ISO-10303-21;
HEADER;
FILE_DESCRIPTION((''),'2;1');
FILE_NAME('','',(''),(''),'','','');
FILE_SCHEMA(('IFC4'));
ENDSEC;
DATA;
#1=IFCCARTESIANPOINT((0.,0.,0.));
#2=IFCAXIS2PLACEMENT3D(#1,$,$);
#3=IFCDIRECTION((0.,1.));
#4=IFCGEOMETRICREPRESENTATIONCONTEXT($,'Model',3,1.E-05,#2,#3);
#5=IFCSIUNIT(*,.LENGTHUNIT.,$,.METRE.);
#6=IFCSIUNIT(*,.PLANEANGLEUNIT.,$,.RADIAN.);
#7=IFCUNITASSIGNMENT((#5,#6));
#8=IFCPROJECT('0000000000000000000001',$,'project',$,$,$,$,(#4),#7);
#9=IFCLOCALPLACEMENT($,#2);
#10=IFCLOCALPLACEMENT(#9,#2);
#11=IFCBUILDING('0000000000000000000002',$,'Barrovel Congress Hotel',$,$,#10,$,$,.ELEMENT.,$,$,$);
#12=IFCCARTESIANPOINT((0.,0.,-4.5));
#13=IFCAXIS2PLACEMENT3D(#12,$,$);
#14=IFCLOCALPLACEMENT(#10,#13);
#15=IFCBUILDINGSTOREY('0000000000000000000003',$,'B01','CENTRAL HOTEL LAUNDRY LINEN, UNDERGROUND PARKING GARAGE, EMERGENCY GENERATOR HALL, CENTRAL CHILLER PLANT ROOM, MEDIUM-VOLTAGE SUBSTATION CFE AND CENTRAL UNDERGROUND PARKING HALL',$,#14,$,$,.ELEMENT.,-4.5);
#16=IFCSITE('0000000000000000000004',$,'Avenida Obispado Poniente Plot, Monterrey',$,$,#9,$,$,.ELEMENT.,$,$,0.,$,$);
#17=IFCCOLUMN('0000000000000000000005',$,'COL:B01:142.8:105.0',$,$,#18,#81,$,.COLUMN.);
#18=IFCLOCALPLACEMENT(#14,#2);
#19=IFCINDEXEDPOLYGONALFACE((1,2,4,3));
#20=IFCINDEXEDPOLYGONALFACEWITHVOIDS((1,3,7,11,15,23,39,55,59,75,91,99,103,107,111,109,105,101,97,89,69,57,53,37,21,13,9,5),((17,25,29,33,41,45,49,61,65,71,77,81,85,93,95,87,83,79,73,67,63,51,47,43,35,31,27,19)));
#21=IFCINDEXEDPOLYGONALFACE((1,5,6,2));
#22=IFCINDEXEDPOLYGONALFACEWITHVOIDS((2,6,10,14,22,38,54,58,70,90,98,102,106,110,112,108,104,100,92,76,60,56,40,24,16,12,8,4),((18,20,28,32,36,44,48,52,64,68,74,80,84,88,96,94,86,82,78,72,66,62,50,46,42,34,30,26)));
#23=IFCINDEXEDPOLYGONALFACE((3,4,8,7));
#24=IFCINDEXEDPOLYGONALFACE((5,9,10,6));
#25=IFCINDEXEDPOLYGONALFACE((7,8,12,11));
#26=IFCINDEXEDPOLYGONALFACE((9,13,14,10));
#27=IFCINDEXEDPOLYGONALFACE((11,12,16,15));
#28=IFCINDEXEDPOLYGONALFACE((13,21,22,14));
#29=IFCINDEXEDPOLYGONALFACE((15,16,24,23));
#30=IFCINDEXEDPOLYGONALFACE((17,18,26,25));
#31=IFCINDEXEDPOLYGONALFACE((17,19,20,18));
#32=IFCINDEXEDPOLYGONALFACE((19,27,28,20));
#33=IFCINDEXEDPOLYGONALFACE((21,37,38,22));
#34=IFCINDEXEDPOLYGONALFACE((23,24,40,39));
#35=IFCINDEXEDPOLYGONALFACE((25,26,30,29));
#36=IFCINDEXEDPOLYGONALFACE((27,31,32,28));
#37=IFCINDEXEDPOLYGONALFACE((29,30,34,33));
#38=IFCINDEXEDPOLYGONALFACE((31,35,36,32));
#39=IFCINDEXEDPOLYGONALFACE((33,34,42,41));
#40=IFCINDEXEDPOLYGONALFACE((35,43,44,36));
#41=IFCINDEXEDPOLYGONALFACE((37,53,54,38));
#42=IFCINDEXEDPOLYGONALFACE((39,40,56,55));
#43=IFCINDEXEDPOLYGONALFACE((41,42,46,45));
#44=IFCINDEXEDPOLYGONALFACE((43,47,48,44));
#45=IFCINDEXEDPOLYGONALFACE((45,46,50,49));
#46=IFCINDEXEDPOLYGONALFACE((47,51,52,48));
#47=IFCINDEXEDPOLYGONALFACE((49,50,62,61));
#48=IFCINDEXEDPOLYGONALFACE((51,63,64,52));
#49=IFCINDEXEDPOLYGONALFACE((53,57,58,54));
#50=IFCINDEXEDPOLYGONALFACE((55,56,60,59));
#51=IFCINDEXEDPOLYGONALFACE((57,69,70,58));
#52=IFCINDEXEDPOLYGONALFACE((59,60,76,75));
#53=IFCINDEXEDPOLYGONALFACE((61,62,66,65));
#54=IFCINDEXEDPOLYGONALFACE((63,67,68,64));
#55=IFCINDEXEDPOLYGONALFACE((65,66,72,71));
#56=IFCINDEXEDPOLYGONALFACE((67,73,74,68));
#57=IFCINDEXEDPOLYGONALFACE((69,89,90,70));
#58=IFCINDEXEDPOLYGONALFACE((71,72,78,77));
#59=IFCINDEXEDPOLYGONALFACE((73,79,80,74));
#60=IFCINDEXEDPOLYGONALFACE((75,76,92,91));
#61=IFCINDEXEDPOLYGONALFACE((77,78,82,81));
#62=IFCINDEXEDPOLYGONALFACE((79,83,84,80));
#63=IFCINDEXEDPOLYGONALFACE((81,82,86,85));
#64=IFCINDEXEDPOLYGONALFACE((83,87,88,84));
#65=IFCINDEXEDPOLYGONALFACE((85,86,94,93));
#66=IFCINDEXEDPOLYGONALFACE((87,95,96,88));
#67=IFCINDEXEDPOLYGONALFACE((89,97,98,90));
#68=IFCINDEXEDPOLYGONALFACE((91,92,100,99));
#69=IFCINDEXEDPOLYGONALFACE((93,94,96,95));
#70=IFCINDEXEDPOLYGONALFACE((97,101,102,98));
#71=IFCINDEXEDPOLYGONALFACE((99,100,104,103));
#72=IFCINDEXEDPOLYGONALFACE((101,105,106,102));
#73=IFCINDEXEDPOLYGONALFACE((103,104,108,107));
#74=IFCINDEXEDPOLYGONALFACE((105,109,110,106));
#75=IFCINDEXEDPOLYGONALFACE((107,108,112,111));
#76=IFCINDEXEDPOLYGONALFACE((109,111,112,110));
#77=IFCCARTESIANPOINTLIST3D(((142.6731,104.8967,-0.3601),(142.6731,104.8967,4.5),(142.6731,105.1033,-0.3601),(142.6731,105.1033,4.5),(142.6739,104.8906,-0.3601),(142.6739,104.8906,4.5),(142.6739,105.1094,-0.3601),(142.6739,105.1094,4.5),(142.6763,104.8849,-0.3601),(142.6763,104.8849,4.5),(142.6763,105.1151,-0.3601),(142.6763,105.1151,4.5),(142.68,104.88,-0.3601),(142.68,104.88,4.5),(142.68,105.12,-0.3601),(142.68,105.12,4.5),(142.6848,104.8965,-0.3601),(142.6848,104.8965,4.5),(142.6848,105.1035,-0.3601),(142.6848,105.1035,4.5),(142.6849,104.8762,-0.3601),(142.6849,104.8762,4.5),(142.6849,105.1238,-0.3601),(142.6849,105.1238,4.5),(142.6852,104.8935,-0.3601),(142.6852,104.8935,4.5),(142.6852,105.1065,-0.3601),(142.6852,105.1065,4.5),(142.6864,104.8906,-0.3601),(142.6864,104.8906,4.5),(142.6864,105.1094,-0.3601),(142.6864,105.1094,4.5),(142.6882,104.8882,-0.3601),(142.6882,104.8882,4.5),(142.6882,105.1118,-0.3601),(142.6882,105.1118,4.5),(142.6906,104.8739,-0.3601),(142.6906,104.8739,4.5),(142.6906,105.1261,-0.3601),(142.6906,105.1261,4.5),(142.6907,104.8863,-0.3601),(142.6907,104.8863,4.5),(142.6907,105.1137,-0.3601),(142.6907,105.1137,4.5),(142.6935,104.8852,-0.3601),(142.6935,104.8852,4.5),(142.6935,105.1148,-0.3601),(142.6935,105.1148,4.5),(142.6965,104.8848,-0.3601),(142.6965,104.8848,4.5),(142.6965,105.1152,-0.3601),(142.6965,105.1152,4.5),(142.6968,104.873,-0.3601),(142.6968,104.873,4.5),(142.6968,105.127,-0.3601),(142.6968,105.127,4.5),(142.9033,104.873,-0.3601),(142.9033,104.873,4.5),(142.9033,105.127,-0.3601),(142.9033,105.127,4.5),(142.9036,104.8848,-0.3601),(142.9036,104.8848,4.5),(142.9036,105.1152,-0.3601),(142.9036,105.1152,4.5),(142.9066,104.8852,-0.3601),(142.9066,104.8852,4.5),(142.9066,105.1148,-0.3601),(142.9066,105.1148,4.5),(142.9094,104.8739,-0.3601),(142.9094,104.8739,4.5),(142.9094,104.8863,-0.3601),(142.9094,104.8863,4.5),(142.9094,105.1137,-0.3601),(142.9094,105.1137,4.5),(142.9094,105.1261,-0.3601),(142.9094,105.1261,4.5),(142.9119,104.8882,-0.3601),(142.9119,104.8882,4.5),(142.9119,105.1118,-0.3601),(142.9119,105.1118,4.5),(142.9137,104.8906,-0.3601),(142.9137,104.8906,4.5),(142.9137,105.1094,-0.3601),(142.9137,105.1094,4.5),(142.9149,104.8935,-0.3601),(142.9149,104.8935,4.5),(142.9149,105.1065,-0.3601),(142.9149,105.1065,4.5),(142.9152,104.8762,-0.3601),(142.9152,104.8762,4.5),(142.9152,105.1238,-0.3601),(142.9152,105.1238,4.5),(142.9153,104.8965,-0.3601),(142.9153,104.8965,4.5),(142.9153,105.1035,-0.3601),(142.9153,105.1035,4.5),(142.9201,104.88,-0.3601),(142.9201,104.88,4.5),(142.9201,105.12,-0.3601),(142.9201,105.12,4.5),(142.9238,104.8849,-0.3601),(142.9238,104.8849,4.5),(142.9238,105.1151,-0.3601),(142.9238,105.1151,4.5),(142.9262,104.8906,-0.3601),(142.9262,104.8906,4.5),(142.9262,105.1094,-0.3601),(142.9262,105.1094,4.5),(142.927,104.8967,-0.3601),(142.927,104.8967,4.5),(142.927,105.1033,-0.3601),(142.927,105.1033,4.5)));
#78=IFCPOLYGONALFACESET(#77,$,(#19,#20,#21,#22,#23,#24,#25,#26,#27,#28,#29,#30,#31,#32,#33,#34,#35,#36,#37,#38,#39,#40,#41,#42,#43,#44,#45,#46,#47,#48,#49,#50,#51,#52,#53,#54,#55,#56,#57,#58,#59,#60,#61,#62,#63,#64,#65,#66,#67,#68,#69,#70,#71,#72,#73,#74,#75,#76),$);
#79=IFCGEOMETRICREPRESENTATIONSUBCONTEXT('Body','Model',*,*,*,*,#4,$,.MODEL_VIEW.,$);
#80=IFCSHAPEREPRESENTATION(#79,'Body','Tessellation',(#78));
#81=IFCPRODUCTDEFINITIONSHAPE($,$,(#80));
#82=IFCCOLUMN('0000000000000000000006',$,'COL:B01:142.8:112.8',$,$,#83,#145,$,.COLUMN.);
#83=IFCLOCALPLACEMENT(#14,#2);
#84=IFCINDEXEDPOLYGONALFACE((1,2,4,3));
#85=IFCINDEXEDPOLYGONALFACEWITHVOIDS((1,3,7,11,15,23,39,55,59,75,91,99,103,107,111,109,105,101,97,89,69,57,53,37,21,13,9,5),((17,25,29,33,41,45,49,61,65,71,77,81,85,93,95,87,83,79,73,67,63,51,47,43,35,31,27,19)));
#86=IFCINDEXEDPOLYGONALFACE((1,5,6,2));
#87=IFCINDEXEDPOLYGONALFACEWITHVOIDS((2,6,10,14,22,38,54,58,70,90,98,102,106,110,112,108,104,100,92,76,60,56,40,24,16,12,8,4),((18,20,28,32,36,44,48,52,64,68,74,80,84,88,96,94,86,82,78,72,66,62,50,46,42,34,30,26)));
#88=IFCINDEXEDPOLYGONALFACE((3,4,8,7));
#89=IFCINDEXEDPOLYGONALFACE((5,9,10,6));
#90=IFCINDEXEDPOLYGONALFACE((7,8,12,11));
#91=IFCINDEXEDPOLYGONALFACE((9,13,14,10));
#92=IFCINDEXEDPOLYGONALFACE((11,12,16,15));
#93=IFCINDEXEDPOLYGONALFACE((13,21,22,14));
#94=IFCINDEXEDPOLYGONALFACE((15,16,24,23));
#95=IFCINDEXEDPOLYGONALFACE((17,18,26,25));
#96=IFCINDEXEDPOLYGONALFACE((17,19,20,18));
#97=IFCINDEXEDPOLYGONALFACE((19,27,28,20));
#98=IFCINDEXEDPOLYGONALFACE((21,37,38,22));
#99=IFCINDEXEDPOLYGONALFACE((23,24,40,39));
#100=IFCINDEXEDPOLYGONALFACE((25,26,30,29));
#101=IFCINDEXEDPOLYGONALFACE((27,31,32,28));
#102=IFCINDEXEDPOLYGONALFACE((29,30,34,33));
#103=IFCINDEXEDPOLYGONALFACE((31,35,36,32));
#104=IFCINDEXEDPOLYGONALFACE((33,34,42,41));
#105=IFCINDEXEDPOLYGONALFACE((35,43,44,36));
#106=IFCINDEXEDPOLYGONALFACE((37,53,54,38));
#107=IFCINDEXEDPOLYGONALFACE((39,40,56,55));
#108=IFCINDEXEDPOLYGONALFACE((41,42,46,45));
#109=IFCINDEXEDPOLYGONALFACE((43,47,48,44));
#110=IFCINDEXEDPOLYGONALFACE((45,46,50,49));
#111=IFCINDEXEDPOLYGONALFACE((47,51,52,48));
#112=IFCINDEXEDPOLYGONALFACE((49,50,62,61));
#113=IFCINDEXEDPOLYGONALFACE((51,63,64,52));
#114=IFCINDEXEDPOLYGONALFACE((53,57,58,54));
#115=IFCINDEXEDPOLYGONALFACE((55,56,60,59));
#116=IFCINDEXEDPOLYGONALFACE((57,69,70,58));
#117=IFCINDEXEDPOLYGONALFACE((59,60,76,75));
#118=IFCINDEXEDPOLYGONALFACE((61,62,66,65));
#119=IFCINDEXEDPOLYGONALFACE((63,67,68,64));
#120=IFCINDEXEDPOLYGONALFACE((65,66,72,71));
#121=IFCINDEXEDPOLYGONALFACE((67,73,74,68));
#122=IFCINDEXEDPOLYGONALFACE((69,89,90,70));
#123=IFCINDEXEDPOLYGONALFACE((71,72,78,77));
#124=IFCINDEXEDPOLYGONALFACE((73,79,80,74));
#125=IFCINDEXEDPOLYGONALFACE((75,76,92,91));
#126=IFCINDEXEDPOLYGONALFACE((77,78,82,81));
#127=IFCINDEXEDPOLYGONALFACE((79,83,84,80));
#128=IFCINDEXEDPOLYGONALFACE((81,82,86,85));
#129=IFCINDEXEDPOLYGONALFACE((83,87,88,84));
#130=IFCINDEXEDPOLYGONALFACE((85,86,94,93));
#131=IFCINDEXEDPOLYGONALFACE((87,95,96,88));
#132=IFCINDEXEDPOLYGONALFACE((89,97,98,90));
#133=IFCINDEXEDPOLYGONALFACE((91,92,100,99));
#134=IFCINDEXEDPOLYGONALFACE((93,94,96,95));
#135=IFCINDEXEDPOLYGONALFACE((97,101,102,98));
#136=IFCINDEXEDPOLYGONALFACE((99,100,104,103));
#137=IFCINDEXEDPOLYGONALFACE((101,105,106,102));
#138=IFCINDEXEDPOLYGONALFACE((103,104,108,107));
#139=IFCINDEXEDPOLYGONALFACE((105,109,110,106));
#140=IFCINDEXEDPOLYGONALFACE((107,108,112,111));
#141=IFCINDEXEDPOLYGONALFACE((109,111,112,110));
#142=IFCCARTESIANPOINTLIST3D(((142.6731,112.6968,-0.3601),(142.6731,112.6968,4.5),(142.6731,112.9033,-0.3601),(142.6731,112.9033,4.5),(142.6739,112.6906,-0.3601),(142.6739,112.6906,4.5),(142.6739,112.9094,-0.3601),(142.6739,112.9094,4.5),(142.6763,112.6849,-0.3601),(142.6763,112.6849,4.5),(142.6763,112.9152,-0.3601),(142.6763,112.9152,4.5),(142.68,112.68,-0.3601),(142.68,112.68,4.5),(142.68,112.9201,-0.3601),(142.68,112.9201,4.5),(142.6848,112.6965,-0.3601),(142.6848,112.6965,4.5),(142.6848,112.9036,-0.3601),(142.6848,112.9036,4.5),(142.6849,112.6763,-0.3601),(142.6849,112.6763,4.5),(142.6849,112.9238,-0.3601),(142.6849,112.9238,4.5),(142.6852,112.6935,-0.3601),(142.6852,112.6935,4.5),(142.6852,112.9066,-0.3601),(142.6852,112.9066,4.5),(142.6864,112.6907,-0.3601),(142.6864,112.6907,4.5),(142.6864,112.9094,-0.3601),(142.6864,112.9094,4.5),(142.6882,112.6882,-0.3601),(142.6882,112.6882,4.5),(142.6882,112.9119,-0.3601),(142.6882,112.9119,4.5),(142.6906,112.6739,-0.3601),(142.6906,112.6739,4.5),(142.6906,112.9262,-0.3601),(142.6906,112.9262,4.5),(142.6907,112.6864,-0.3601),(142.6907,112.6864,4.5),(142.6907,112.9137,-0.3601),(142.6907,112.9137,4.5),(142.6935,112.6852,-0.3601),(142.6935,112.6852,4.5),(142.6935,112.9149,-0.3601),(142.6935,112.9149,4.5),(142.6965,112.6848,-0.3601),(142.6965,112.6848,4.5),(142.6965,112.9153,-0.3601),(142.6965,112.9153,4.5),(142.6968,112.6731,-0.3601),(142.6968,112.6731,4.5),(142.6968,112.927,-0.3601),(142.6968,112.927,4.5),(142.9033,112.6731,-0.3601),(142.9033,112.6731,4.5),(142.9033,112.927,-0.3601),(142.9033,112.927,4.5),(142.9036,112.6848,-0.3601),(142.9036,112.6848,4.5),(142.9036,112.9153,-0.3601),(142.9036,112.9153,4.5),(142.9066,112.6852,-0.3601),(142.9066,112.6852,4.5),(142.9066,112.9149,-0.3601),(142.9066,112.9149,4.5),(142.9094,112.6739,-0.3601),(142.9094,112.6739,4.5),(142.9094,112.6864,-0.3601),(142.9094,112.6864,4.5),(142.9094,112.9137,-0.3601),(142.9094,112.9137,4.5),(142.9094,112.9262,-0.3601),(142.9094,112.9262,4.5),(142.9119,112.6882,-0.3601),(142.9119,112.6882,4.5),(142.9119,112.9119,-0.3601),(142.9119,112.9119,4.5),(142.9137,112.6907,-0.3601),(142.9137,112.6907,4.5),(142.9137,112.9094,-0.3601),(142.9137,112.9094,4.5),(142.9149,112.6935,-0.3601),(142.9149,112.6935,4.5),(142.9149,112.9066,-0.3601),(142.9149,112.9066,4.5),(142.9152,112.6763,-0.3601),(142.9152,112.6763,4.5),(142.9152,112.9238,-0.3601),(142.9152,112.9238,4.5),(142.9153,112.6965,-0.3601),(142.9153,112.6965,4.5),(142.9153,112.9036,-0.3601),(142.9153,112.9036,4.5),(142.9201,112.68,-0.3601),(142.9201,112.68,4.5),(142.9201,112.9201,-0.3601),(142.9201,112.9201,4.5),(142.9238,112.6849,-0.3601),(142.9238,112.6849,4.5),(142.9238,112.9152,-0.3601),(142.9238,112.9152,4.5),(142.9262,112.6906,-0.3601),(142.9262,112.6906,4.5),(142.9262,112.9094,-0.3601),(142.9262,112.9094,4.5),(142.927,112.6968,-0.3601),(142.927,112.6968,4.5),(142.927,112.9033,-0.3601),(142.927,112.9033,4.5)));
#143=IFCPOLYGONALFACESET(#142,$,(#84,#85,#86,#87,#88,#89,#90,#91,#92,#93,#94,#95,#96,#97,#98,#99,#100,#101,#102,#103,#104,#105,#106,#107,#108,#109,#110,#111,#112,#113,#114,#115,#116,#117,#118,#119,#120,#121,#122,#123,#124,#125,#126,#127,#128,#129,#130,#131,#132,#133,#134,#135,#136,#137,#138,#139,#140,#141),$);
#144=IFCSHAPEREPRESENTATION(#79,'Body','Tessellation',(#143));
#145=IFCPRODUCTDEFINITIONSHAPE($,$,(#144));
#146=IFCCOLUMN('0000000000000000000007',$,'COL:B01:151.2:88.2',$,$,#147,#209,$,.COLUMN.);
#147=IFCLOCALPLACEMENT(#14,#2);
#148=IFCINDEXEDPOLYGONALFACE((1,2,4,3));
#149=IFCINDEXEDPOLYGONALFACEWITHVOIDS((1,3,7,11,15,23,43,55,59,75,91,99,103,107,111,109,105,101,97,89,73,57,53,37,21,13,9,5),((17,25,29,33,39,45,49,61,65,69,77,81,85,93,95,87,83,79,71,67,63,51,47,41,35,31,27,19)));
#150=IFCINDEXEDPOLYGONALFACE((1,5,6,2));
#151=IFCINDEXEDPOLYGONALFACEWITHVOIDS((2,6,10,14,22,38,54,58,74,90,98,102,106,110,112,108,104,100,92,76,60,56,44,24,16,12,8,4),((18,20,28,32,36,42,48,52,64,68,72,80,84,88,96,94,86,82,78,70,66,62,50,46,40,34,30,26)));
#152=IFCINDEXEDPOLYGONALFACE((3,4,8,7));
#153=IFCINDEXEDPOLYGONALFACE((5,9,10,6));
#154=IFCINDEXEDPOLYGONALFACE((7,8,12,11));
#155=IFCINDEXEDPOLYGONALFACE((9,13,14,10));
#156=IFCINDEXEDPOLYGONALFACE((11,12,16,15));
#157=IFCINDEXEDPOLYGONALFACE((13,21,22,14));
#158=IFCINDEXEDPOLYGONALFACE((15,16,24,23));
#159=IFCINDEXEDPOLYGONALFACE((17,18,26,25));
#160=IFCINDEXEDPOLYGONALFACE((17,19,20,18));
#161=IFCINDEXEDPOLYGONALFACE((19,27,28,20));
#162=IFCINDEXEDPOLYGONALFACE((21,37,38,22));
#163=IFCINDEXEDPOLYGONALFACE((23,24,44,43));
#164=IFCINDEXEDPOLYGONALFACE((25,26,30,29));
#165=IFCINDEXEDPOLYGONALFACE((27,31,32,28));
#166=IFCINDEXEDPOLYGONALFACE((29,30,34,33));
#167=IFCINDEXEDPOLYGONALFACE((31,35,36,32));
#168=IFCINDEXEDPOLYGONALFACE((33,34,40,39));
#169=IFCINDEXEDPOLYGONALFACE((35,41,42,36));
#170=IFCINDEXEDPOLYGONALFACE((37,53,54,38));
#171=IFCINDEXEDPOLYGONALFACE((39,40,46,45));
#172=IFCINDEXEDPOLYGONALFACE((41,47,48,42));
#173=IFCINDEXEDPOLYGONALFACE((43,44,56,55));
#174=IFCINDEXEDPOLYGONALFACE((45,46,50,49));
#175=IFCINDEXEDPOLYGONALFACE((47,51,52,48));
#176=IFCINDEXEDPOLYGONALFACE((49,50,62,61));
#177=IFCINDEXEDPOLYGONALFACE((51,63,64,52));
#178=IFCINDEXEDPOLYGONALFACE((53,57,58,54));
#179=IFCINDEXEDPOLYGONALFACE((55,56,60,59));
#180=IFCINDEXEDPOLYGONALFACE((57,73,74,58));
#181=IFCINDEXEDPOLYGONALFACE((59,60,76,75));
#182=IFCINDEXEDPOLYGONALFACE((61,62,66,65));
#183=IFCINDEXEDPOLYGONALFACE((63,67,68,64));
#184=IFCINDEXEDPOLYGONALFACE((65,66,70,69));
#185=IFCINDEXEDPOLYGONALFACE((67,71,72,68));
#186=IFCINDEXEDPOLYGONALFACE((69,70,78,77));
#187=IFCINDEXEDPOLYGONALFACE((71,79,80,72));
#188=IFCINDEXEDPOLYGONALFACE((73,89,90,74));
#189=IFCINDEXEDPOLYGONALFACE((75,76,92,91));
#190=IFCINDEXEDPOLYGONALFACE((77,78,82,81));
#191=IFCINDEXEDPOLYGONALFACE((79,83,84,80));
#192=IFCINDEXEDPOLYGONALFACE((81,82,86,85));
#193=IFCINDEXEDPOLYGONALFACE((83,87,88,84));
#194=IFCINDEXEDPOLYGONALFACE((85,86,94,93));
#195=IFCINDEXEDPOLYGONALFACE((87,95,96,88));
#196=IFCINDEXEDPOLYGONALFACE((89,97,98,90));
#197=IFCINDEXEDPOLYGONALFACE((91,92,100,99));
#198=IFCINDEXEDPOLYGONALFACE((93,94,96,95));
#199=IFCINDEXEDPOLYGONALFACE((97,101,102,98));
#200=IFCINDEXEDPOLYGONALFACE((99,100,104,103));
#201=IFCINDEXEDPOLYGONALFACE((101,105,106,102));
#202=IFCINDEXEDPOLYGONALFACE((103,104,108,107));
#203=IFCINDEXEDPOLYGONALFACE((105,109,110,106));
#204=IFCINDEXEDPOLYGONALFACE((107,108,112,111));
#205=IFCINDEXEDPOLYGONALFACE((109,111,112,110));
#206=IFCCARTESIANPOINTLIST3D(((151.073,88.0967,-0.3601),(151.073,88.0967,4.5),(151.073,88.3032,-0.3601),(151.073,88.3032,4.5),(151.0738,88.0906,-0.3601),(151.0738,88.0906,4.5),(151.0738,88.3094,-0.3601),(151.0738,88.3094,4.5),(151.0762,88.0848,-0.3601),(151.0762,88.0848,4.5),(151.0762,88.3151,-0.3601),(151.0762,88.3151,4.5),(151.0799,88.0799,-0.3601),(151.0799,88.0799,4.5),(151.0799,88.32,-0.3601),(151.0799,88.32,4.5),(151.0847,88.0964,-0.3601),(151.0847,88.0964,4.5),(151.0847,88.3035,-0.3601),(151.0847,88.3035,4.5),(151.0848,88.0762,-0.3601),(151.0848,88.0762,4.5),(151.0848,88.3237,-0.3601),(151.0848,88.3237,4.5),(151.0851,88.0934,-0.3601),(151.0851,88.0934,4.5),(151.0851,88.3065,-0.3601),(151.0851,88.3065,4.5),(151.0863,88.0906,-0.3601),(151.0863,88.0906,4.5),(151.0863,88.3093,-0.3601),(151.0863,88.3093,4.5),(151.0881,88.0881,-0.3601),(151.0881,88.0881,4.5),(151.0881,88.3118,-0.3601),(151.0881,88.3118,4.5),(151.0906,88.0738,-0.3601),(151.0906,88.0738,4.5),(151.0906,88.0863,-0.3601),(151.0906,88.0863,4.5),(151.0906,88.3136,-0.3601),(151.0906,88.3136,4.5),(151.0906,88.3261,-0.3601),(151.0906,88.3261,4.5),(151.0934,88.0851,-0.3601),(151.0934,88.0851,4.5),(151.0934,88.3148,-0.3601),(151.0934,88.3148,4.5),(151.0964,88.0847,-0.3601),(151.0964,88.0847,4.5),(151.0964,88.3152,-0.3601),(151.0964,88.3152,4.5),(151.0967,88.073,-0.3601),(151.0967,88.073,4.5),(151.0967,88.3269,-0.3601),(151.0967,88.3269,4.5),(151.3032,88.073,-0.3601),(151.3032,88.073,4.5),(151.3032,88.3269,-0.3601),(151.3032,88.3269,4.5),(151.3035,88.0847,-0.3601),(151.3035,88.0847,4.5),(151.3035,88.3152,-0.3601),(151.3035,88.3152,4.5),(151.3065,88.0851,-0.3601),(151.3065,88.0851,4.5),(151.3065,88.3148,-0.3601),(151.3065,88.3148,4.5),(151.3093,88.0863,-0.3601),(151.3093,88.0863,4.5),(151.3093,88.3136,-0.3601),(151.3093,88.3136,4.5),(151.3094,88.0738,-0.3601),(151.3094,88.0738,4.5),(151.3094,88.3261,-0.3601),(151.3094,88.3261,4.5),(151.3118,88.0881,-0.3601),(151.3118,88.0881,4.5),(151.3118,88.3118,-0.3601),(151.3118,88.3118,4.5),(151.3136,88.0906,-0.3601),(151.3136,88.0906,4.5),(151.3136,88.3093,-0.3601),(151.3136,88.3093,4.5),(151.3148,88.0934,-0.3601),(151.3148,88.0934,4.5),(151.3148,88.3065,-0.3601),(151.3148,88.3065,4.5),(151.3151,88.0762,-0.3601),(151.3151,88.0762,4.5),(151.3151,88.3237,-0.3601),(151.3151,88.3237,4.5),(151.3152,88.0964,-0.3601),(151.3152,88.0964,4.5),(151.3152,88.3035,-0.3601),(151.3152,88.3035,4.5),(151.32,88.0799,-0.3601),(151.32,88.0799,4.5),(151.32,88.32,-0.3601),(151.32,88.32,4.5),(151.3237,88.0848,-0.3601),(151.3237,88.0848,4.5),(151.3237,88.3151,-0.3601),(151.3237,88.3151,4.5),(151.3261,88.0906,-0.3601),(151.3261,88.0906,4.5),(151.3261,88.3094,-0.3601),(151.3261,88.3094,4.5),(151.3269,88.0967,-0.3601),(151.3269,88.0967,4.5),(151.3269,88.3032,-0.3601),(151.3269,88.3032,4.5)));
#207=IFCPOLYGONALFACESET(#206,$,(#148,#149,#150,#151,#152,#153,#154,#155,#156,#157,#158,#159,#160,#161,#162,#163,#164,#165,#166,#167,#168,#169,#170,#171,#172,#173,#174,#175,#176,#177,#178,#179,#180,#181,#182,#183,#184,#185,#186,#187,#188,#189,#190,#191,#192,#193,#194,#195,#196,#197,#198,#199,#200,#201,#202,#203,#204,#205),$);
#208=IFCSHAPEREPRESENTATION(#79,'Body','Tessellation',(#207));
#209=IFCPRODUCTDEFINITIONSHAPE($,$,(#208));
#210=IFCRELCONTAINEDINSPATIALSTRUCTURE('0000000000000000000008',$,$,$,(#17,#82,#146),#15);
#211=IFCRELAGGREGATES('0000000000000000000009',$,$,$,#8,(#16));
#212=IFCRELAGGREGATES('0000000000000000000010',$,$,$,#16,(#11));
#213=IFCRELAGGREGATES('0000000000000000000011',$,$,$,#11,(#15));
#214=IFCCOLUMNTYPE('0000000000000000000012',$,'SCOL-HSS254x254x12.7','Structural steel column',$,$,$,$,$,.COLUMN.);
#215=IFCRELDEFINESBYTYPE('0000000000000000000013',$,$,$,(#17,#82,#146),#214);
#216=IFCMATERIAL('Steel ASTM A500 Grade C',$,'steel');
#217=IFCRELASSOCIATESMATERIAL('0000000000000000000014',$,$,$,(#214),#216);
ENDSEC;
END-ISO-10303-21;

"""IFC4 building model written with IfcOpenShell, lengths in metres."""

from ifc_helpers import new_model, si_unit, direction, frame, origin, origin_2d, place, context, subcontext, project, spatial, hollow_rectangle, extrude, material, material_profile, profile_set, type_object, element, save


model = new_model("IFC4")

# Units and contexts
model_context = context("Model", 3, precision=1e-05, world=origin(), true_north=direction((0.0, 1.0)))
body_context = subcontext(model_context, "Body", "Model", "MODEL_VIEW")
ifc_project = project(units=[si_unit("LENGTHUNIT", "METRE"), si_unit("PLANEANGLEUNIT", "RADIAN")], contexts=[model_context])

# Site, building, storey
site_placement = place(None, origin())
site = spatial("IfcSite", under=ifc_project, at=site_placement, Name="Avenida Obispado Poniente Plot, Monterrey", CompositionType="ELEMENT", RefElevation=0.0)
building_placement = place(site_placement, origin())
building = spatial("IfcBuilding", under=site, at=building_placement, Name="Barrovel Congress Hotel", CompositionType="ELEMENT")
storey_placement = place(building_placement, frame((0.0, 0.0, -4.5)))
storey = spatial("IfcBuildingStorey", under=building, at=storey_placement, Name="B01", Description="CENTRAL HOTEL LAUNDRY LINEN, UNDERGROUND PARKING GARAGE, EMERGENCY GENERATOR HALL, CENTRAL CHILLER PLANT ROOM, MEDIUM-VOLTAGE SUBSTATION CFE AND CENTRAL UNDERGROUND PARKING HALL", CompositionType="ELEMENT", Elevation=-4.5)

# Columns
ifc_material_1 = material(Name="Steel ASTM A500 Grade C", Category="steel")
ifc_material_profile_1 = material_profile(ifc_material_1, hollow_rectangle(XDim=0.2539, YDim=0.2539, WallThickness=0.0117, InnerFilletRadius=0.0117, OuterFilletRadius=0.0237, at=origin_2d()), Name="HSS254x254x12.7")
ifc_profile_set_1 = profile_set([ifc_material_profile_1], Name="Steel ASTM A500 Grade C")
column_type_1 = type_object("IfcColumnType", Name="SCOL-HSS254x254x12.7", Description="Structural steel column", PredefinedType="COLUMN", material=ifc_profile_set_1)
for number, where, z_axis, x_axis, name in (
    (1, (142.8, 105.0, -0.3601), (0.0, 0.0, 1.0), (1.0, 0.0, 0.0), "COL:B01:142.8:105.0"),
    (2, (142.8, 112.8, -0.3601), (0.0, 0.0, 1.0), (1.0, 0.0, 0.0), "COL:B01:142.8:112.8"),
    (3, (151.2, 88.2, -0.3601), (0.0, 0.0, 1.0), (1.0, 0.0, 0.0), "COL:B01:151.2:88.2"),
):
    element("IfcColumn", number, at=place(storey_placement, frame(where, z_axis=z_axis, x_axis=x_axis)), inside=storey, type_object=column_type_1, Name=name, PredefinedType="COLUMN", context=body_context, shape_type="SweptSolid", body=[
        extrude(hollow_rectangle(XDim=0.2539, YDim=0.2539, WallThickness=0.0117, InnerFilletRadius=0.0117, OuterFilletRadius=0.0237, at=origin_2d()), origin(), (0.0, 0.0, 1.0), 4.8601),
    ])

save(model, "model.ifc")
